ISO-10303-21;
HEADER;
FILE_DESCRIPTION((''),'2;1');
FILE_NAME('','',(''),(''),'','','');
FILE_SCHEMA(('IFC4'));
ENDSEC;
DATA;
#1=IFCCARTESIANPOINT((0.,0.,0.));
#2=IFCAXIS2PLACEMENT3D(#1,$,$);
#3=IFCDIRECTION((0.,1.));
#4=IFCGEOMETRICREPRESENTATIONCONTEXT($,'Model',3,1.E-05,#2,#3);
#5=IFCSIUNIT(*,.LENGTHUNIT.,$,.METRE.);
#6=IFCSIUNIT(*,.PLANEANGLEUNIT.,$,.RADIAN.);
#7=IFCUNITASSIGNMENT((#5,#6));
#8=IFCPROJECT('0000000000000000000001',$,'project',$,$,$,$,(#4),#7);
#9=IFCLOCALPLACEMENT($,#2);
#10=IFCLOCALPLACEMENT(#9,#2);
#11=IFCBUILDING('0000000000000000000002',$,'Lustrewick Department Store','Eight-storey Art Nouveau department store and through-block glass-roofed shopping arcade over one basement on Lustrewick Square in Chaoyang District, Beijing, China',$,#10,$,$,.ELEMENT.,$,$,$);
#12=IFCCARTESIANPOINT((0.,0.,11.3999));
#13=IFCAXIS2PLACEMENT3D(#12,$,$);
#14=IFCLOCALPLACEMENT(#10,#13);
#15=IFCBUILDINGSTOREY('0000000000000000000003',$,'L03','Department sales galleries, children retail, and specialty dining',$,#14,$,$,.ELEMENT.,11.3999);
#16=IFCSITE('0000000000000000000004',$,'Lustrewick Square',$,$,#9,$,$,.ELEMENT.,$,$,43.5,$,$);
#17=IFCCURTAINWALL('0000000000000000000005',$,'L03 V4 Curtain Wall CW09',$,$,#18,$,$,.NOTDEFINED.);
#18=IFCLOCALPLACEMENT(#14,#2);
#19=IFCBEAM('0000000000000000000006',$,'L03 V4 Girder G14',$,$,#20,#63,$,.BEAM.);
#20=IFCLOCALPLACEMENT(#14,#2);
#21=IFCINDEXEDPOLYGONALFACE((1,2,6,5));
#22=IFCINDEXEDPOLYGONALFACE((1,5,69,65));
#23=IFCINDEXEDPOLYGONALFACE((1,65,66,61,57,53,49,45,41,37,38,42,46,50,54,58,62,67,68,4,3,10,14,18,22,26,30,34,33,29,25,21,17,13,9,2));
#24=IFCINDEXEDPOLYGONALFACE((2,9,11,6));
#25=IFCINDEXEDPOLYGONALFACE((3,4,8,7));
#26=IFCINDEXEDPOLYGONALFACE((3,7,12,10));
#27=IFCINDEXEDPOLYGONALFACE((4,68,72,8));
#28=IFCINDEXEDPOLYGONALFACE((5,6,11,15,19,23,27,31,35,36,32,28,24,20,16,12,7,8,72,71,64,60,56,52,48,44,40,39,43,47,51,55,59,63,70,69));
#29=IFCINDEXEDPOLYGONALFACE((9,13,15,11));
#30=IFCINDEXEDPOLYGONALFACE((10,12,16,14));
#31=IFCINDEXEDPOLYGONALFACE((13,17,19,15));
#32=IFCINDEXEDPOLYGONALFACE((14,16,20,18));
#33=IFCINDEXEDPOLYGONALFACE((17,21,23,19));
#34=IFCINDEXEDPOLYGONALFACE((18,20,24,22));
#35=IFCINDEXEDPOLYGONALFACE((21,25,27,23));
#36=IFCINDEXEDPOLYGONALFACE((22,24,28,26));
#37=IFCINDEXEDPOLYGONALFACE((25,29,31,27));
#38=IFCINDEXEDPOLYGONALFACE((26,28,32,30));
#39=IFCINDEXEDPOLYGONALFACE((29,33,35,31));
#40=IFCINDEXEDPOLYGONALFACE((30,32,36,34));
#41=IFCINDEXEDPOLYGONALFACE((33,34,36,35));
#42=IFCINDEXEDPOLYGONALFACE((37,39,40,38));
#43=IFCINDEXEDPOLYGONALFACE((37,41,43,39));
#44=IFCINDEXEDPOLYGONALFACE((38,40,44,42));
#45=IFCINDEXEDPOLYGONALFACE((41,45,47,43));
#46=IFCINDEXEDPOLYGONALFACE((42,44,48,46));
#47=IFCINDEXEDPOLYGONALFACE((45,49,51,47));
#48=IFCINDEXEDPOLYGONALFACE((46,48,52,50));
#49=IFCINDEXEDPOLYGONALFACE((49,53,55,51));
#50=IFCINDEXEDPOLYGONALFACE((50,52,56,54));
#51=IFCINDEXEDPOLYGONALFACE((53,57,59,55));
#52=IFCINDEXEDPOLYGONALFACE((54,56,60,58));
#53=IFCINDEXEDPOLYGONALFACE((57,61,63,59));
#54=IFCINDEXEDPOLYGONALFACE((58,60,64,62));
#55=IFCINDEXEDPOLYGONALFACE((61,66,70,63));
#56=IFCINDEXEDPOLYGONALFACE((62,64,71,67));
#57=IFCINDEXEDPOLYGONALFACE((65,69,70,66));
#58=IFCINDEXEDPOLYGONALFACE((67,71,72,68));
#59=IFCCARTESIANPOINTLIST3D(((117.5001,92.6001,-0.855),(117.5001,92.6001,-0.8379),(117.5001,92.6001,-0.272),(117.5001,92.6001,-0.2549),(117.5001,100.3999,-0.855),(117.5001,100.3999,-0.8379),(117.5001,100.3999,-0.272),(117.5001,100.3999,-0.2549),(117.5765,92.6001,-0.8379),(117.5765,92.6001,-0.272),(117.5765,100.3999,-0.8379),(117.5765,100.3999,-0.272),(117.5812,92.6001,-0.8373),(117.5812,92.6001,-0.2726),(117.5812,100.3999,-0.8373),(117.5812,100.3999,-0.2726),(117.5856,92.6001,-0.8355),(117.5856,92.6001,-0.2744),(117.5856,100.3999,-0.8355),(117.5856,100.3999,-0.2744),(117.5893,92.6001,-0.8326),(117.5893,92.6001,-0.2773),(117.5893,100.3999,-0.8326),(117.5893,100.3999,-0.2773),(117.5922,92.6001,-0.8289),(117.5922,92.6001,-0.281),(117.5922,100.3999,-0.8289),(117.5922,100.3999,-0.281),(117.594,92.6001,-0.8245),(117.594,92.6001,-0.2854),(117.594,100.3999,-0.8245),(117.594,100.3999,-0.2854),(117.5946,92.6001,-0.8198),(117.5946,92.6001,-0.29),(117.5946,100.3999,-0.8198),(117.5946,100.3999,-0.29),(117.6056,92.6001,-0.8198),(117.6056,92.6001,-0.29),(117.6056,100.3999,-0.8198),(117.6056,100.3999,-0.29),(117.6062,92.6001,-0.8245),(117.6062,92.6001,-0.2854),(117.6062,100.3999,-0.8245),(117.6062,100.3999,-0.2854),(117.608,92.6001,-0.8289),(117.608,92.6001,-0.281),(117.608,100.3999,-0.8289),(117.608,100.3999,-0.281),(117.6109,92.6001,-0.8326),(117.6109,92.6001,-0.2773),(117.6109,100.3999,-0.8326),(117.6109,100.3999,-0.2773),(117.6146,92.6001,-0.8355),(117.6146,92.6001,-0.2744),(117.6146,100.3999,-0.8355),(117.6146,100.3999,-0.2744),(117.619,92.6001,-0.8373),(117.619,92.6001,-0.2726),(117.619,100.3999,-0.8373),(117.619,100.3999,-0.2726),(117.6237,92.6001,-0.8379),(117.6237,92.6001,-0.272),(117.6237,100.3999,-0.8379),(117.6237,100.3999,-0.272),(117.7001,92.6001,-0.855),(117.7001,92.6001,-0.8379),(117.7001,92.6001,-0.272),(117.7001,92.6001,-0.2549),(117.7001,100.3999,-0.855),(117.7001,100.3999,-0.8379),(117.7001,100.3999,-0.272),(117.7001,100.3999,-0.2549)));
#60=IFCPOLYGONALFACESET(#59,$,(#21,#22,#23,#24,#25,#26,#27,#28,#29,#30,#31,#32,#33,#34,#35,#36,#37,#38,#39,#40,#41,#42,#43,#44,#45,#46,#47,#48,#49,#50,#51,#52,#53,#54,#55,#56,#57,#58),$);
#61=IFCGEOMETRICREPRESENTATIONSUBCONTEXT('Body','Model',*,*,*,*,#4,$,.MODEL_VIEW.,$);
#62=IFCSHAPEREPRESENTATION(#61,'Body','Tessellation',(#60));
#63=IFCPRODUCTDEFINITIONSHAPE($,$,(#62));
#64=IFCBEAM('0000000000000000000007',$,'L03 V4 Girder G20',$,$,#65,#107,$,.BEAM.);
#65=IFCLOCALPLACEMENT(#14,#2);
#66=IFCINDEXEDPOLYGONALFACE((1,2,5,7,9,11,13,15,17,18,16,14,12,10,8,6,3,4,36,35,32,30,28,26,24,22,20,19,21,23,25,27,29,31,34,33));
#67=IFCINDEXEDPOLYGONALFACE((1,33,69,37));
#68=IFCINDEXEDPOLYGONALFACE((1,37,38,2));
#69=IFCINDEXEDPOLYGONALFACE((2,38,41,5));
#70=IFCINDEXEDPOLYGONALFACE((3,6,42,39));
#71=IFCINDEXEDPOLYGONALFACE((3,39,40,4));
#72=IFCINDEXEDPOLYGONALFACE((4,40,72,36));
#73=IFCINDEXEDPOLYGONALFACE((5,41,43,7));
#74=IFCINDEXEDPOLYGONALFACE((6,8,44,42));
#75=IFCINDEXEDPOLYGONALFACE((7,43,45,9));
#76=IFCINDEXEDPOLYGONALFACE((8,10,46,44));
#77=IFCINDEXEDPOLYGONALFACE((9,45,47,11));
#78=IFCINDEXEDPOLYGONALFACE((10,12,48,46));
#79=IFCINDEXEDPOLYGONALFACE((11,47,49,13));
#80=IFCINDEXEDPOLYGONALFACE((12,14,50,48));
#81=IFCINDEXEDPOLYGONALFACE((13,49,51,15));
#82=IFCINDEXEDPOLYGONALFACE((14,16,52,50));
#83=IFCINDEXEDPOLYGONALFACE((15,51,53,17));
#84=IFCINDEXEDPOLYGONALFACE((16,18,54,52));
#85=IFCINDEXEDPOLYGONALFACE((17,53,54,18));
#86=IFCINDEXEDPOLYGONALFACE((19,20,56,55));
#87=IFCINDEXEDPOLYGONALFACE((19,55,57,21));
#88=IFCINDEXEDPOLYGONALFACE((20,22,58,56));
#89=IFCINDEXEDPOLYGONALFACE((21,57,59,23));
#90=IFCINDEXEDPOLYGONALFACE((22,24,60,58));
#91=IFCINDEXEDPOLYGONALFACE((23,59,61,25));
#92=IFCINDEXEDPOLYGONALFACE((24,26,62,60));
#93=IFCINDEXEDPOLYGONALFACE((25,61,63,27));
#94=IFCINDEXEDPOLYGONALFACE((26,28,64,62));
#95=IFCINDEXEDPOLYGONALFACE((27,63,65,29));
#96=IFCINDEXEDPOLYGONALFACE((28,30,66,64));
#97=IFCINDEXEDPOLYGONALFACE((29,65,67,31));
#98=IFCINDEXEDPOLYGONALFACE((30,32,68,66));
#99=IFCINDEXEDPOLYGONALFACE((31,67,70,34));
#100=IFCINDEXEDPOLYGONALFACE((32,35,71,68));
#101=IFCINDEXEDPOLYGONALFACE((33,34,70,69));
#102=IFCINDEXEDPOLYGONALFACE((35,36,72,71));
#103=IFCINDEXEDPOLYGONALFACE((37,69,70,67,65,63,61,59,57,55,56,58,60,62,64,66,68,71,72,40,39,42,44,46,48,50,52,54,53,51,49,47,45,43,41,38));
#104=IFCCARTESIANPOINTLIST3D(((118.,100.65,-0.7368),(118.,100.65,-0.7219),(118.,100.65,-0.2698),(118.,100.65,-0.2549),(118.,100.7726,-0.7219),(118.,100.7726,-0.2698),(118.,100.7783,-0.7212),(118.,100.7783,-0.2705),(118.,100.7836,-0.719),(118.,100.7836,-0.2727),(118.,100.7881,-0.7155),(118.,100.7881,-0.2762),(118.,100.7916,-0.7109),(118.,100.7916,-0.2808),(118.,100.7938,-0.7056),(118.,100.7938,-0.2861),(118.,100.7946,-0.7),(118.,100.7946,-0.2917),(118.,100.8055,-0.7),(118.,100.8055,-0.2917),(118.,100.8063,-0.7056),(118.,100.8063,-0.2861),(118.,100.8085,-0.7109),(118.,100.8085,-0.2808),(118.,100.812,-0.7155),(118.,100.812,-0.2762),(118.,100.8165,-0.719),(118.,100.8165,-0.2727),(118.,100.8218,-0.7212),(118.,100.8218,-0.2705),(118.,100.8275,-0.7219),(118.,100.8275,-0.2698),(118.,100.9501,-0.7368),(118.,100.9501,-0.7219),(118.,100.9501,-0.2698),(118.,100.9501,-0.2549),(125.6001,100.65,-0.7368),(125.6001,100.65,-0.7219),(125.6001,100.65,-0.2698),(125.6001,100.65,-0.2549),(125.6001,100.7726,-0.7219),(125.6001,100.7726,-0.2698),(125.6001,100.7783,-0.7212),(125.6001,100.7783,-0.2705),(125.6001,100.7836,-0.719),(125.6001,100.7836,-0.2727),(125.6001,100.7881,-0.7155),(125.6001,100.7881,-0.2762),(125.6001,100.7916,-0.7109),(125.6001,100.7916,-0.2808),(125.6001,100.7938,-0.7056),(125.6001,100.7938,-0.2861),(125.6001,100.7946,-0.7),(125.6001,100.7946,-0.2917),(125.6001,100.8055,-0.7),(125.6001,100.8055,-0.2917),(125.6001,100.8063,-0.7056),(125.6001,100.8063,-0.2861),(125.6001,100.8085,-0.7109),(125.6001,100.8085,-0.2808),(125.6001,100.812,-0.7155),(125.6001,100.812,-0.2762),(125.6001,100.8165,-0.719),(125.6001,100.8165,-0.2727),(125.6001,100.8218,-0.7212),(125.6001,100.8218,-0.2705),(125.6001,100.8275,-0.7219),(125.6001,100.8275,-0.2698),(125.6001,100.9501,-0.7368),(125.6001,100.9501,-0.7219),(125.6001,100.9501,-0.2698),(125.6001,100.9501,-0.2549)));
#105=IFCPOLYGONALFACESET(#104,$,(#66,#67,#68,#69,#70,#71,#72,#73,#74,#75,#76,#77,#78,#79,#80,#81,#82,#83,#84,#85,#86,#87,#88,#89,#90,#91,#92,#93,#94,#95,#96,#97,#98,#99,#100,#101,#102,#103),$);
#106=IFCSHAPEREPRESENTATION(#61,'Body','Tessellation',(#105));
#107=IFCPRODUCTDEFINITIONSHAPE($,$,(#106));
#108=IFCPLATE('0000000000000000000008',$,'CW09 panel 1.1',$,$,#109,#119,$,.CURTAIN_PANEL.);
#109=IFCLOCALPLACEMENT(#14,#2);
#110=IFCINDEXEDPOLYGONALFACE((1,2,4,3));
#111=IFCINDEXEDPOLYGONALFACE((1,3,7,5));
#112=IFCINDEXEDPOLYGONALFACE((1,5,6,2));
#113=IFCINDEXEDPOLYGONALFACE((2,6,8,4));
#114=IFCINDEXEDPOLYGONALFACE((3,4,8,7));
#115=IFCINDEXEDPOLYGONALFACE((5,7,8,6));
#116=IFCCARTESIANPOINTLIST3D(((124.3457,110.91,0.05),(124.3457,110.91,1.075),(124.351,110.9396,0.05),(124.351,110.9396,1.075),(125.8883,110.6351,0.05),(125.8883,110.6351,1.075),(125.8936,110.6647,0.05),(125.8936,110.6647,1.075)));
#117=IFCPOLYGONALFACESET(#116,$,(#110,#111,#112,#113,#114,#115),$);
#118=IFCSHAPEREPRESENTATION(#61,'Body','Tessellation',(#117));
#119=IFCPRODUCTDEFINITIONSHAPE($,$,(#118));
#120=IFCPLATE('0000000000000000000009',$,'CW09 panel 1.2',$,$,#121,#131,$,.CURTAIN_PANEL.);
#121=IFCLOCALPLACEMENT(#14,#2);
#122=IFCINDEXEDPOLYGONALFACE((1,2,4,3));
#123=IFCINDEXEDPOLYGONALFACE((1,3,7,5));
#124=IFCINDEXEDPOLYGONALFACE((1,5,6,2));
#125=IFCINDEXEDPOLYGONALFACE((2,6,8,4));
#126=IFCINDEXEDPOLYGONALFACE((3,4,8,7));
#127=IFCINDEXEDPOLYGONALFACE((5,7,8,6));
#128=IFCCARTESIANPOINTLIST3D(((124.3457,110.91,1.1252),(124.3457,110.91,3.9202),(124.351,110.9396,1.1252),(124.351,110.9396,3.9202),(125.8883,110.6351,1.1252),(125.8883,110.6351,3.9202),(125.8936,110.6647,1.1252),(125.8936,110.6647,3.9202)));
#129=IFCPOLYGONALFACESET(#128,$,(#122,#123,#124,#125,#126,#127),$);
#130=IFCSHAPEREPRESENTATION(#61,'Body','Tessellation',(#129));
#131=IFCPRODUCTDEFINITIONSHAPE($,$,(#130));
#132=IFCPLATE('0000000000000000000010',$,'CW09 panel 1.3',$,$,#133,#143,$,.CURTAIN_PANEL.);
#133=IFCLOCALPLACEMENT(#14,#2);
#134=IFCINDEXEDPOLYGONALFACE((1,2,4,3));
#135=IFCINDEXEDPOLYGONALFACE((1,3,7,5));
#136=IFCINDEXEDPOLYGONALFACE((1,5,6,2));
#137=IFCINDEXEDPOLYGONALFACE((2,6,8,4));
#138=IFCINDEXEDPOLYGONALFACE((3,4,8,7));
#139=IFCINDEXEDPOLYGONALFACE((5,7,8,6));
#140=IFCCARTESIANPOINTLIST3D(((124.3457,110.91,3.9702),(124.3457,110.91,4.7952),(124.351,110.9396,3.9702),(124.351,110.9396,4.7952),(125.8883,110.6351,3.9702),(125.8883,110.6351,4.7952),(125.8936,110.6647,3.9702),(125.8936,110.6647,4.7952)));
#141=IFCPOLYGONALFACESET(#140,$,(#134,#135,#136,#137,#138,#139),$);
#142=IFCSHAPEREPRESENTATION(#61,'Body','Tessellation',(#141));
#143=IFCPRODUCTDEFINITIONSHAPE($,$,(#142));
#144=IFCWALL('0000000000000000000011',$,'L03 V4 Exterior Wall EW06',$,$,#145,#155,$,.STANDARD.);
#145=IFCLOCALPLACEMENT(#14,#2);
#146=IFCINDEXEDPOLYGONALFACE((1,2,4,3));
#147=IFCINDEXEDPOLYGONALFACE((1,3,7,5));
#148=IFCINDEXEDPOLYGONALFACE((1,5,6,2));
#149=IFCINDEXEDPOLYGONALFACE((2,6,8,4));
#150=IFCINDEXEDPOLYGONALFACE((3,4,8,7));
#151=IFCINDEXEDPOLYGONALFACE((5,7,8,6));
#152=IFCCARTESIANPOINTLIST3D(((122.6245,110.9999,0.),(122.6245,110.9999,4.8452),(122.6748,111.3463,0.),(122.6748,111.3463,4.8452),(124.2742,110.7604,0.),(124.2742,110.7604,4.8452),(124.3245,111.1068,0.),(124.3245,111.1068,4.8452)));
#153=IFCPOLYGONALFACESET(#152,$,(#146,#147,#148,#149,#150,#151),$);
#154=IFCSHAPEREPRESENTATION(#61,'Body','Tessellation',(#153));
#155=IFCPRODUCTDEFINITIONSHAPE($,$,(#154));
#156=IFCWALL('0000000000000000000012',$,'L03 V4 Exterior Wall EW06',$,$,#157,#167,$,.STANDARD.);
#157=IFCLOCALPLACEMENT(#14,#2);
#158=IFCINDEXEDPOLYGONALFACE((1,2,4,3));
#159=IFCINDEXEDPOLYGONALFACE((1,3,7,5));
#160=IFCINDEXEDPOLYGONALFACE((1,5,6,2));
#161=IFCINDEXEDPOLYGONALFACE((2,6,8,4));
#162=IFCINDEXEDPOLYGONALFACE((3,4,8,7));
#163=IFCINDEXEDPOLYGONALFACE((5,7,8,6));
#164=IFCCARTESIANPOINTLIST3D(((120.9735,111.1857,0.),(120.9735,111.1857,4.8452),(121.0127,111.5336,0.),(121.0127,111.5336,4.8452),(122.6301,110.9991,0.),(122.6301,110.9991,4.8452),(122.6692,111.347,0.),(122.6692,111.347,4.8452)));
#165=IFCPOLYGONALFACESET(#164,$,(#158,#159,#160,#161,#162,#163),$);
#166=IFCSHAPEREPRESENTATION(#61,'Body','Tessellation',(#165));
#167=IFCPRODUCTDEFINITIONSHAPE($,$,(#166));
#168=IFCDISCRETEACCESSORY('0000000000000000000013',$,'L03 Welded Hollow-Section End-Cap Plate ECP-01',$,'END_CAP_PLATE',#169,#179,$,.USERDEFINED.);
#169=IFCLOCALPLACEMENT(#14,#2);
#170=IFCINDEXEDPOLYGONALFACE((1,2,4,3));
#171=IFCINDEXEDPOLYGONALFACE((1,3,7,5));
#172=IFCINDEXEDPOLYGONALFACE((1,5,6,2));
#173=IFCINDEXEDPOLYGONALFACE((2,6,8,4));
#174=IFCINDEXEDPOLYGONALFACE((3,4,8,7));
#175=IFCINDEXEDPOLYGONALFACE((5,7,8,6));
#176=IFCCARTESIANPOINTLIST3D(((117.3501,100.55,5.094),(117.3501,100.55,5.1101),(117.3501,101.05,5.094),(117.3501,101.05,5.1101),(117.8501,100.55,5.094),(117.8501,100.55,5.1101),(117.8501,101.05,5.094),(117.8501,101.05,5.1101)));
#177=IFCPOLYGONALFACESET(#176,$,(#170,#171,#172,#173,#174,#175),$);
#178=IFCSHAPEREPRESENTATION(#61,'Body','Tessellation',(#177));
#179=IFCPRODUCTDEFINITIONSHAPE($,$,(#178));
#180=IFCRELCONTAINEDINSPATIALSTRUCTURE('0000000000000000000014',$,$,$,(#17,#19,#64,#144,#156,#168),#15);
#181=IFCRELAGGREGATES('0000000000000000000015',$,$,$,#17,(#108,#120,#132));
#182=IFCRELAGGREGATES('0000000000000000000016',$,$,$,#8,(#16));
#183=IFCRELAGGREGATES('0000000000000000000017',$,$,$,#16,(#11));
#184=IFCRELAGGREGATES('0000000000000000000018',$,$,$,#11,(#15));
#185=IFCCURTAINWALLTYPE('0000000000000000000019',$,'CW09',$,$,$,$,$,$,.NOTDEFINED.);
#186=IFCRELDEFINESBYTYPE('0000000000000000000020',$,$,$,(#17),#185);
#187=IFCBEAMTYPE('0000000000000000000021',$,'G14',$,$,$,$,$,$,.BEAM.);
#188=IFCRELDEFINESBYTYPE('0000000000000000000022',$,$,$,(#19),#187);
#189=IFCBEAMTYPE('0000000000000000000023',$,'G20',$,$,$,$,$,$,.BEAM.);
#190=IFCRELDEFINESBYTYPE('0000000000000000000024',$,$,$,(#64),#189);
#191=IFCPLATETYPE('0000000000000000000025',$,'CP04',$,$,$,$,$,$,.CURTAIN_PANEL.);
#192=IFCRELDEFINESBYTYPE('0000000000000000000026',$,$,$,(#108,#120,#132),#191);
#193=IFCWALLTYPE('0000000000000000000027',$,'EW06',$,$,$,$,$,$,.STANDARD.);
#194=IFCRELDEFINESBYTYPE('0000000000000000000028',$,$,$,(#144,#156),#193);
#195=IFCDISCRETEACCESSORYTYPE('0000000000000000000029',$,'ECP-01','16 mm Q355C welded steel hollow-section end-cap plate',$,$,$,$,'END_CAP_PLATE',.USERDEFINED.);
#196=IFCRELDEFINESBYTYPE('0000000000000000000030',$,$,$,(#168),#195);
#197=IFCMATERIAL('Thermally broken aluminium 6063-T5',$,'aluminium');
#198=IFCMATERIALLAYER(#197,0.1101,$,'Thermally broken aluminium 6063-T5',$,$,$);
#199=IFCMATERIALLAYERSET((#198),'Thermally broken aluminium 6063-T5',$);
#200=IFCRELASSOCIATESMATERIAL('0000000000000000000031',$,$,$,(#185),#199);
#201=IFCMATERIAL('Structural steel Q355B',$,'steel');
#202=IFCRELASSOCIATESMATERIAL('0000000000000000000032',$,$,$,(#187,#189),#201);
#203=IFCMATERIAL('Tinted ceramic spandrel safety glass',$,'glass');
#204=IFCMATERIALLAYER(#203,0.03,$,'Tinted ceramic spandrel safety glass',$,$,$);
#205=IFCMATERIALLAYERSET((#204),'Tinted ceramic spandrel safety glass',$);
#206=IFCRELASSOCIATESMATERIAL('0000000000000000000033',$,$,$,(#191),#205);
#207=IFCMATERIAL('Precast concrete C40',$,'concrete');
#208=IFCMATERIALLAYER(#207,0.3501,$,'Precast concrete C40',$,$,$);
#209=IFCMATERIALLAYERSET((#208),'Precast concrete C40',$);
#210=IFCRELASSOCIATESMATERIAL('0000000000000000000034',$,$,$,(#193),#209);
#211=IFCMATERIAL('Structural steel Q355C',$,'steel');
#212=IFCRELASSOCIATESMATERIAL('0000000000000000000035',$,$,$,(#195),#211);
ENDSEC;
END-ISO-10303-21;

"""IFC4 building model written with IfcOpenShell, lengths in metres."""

from ifc_helpers import new_model, si_unit, direction, frame, frame_2d, origin, origin_2d, place, context, subcontext, project, spatial, rectangle, i_section, extrude, material, layer, layer_set, material_profile, profile_set, type_object, element, aggregate, save


model = new_model("IFC4")

# Units and contexts
model_context = context("Model", 3, precision=1e-05, world=origin(), true_north=direction((0.0, 1.0)))
body_context = subcontext(model_context, "Body", "Model", "MODEL_VIEW")
ifc_project = project(units=[si_unit("LENGTHUNIT", "METRE"), si_unit("PLANEANGLEUNIT", "RADIAN")], contexts=[model_context])

# Site, building, storey
site_placement = place(None, origin())
site = spatial("IfcSite", under=ifc_project, at=site_placement, Name="Lustrewick Square", CompositionType="ELEMENT", RefElevation=43.5)
building_placement = place(site_placement, origin())
building = spatial("IfcBuilding", under=site, at=building_placement, Name="Lustrewick Department Store", Description="Eight-storey Art Nouveau department store and through-block glass-roofed shopping arcade over one basement on Lustrewick Square in Chaoyang District, Beijing, China", CompositionType="ELEMENT")
storey_placement = place(building_placement, frame((0.0, 0.0, 11.3999)))
storey = spatial("IfcBuildingStorey", under=building, at=storey_placement, Name="L03", Description="Department sales galleries, children retail, and specialty dining", CompositionType="ELEMENT", Elevation=11.3999)

# Shared definitions
ifc_material_1 = material(Name="Structural steel Q355C", Category="steel")
ifc_material_2 = material(Name="Structural steel Q355B", Category="steel")

# Curtain wall
ifc_material_3 = material(Name="Thermally broken aluminium 6063-T5", Category="aluminium")
ifc_layer_1 = layer(ifc_material_3, 0.1101, Name="Thermally broken aluminium 6063-T5")
ifc_layer_set_1 = layer_set([ifc_layer_1], Name="Thermally broken aluminium 6063-T5")
curtain_wall_type_1 = type_object("IfcCurtainWallType", Name="CW09", PredefinedType="NOTDEFINED", material=ifc_layer_set_1)
curtain_wall_1_placement = place(storey_placement, origin())
curtain_wall_1 = element("IfcCurtainWall", 1, at=curtain_wall_1_placement, inside=storey, type_object=curtain_wall_type_1, Name="L03 V4 Curtain Wall CW09", PredefinedType="NOTDEFINED")

# Beams
ifc_material_profile_1 = material_profile(ifc_material_2, i_section(OverallWidth=0.2, OverallDepth=0.6001, WebThickness=0.011, FlangeThickness=0.0171, FilletRadius=0.0181, at=origin_2d()), Name="HN 600x200x11x17")
ifc_profile_set_1 = profile_set([ifc_material_profile_1], Name="Structural steel Q355B")
beam_type_1 = type_object("IfcBeamType", Name="G14", PredefinedType="BEAM", material=ifc_profile_set_1)
beam_1_placement = place(storey_placement, frame((117.6001, 92.6001, -0.5549), z_axis=(0.0, 1.0, 0.0), x_axis=(-1.0, 0.0, 0.0)))
element("IfcBeam", 2, at=beam_1_placement, inside=storey, type_object=beam_type_1, Name="L03 V4 Girder G14", PredefinedType="BEAM", context=body_context, shape_type="SweptSolid", body=[
    extrude(i_section(OverallWidth=0.2, OverallDepth=0.6001, WebThickness=0.011, FlangeThickness=0.0171, FilletRadius=0.0181, at=origin_2d()), origin(), (0.0, 0.0, 1.0), 7.7998),
])
ifc_material_profile_2 = material_profile(ifc_material_2, i_section(OverallWidth=0.3, OverallDepth=0.4819, WebThickness=0.011, FlangeThickness=0.0149, FilletRadius=0.022, at=origin_2d()), Name="HM 482x300x11x15")
ifc_profile_set_2 = profile_set([ifc_material_profile_2], Name="Structural steel Q355B")
beam_type_2 = type_object("IfcBeamType", Name="G20", PredefinedType="BEAM", material=ifc_profile_set_2)
beam_2_placement = place(storey_placement, frame((118.0, 100.8, -0.4958), z_axis=(1.0, 0.0, 0.0), x_axis=(0.0, 1.0, 0.0)))
element("IfcBeam", 3, at=beam_2_placement, inside=storey, type_object=beam_type_2, Name="L03 V4 Girder G20", PredefinedType="BEAM", context=body_context, shape_type="SweptSolid", body=[
    extrude(i_section(OverallWidth=0.3, OverallDepth=0.4819, WebThickness=0.011, FlangeThickness=0.0149, FilletRadius=0.022, at=origin_2d()), origin(), (0.0, 0.0, 1.0), 7.6001),
])

# Plates
ifc_material_4 = material(Name="Tinted ceramic spandrel safety glass", Category="glass")
ifc_layer_2 = layer(ifc_material_4, 0.03, Name="Tinted ceramic spandrel safety glass")
ifc_layer_set_2 = layer_set([ifc_layer_2], Name="Tinted ceramic spandrel safety glass")
plate_type = type_object("IfcPlateType", Name="CP04", PredefinedType="CURTAIN_PANEL", material=ifc_layer_set_2)
plate_1_placement = place(storey_placement, frame((125.1196, 110.7874, 0.05), z_axis=(0.0, 0.0, 1.0), x_axis=(-0.984494, 0.175421, 0.0)))
plate_1 = element("IfcPlate", 4, at=plate_1_placement, type_object=plate_type, Name="CW09 panel 1.1", PredefinedType="CURTAIN_PANEL", context=body_context, shape_type="SweptSolid", body=[
    extrude(rectangle(XDim=1.5669, YDim=0.03, at=origin_2d()), origin(), (0.0, 0.0, 1.0), 1.0249),
])
plate_2_placement = place(storey_placement, frame((125.1196, 110.7874, 1.1252), z_axis=(0.0, 0.0, 1.0), x_axis=(-0.984494, 0.175421, 0.0)))
plate_2 = element("IfcPlate", 5, at=plate_2_placement, type_object=plate_type, Name="CW09 panel 1.2", PredefinedType="CURTAIN_PANEL", context=body_context, shape_type="SweptSolid", body=[
    extrude(rectangle(XDim=1.5669, YDim=0.03, at=origin_2d()), origin(), (0.0, 0.0, 1.0), 2.7949),
])
plate_3_placement = place(storey_placement, frame((125.1196, 110.7874, 3.9702), z_axis=(0.0, 0.0, 1.0), x_axis=(-0.984494, 0.175421, 0.0)))
plate_3 = element("IfcPlate", 6, at=plate_3_placement, type_object=plate_type, Name="CW09 panel 1.3", PredefinedType="CURTAIN_PANEL", context=body_context, shape_type="SweptSolid", body=[
    extrude(rectangle(XDim=1.5669, YDim=0.03, at=origin_2d()), origin(), (0.0, 0.0, 1.0), 0.825),
])
aggregate(curtain_wall_1, [plate_1, plate_2, plate_3])

# Walls
ifc_material_5 = material(Name="Precast concrete C40", Category="concrete")
ifc_layer_3 = layer(ifc_material_5, 0.3501, Name="Precast concrete C40")
ifc_layer_set_3 = layer_set([ifc_layer_3], Name="Precast concrete C40")
wall_type = type_object("IfcWallType", Name="EW06", PredefinedType="STANDARD", material=ifc_layer_set_3)
for number, where, z_axis, x_axis, name in (
    (7, (124.2993, 110.9336, 0.0), (0.0, 0.0, 1.0), (-0.989625, 0.143676, 0.0), "L03 V4 Exterior Wall EW06"),
    (8, (122.6497, 111.1731, 0.0), (0.0, 0.0, 1.0), (-0.99372, 0.111894, 0.0), "L03 V4 Exterior Wall EW06"),
):
    element("IfcWall", number, at=place(storey_placement, frame(where, z_axis=z_axis, x_axis=x_axis)), inside=storey, type_object=wall_type, Name=name, PredefinedType="STANDARD", context=body_context, shape_type="SweptSolid", body=[
        extrude(rectangle(XDim=1.667, YDim=0.3501, at=frame_2d((0.8335, 0.0))), origin(), (0.0, 0.0, 1.0), 4.8452),
    ])

# Discrete accessory
discrete_accessory_type = type_object("IfcDiscreteAccessoryType", Name="ECP-01", Description="16 mm Q355C welded steel hollow-section end-cap plate", ElementType="END_CAP_PLATE", PredefinedType="USERDEFINED", material=ifc_material_1)
discrete_accessory_1_placement = place(storey_placement, frame((117.6001, 100.8, 5.094), z_axis=(0.0, 0.0, 1.0), x_axis=(1.0, 0.0, 0.0)))
element("IfcDiscreteAccessory", 9, at=discrete_accessory_1_placement, inside=storey, type_object=discrete_accessory_type, Name="L03 Welded Hollow-Section End-Cap Plate ECP-01", ObjectType="END_CAP_PLATE", PredefinedType="USERDEFINED", context=body_context, shape_type="SweptSolid", body=[
    extrude(rectangle(XDim=0.5, YDim=0.5, at=origin_2d()), origin(), (0.0, 0.0, 1.0), 0.0161),
])

save(model, "model.ifc")
